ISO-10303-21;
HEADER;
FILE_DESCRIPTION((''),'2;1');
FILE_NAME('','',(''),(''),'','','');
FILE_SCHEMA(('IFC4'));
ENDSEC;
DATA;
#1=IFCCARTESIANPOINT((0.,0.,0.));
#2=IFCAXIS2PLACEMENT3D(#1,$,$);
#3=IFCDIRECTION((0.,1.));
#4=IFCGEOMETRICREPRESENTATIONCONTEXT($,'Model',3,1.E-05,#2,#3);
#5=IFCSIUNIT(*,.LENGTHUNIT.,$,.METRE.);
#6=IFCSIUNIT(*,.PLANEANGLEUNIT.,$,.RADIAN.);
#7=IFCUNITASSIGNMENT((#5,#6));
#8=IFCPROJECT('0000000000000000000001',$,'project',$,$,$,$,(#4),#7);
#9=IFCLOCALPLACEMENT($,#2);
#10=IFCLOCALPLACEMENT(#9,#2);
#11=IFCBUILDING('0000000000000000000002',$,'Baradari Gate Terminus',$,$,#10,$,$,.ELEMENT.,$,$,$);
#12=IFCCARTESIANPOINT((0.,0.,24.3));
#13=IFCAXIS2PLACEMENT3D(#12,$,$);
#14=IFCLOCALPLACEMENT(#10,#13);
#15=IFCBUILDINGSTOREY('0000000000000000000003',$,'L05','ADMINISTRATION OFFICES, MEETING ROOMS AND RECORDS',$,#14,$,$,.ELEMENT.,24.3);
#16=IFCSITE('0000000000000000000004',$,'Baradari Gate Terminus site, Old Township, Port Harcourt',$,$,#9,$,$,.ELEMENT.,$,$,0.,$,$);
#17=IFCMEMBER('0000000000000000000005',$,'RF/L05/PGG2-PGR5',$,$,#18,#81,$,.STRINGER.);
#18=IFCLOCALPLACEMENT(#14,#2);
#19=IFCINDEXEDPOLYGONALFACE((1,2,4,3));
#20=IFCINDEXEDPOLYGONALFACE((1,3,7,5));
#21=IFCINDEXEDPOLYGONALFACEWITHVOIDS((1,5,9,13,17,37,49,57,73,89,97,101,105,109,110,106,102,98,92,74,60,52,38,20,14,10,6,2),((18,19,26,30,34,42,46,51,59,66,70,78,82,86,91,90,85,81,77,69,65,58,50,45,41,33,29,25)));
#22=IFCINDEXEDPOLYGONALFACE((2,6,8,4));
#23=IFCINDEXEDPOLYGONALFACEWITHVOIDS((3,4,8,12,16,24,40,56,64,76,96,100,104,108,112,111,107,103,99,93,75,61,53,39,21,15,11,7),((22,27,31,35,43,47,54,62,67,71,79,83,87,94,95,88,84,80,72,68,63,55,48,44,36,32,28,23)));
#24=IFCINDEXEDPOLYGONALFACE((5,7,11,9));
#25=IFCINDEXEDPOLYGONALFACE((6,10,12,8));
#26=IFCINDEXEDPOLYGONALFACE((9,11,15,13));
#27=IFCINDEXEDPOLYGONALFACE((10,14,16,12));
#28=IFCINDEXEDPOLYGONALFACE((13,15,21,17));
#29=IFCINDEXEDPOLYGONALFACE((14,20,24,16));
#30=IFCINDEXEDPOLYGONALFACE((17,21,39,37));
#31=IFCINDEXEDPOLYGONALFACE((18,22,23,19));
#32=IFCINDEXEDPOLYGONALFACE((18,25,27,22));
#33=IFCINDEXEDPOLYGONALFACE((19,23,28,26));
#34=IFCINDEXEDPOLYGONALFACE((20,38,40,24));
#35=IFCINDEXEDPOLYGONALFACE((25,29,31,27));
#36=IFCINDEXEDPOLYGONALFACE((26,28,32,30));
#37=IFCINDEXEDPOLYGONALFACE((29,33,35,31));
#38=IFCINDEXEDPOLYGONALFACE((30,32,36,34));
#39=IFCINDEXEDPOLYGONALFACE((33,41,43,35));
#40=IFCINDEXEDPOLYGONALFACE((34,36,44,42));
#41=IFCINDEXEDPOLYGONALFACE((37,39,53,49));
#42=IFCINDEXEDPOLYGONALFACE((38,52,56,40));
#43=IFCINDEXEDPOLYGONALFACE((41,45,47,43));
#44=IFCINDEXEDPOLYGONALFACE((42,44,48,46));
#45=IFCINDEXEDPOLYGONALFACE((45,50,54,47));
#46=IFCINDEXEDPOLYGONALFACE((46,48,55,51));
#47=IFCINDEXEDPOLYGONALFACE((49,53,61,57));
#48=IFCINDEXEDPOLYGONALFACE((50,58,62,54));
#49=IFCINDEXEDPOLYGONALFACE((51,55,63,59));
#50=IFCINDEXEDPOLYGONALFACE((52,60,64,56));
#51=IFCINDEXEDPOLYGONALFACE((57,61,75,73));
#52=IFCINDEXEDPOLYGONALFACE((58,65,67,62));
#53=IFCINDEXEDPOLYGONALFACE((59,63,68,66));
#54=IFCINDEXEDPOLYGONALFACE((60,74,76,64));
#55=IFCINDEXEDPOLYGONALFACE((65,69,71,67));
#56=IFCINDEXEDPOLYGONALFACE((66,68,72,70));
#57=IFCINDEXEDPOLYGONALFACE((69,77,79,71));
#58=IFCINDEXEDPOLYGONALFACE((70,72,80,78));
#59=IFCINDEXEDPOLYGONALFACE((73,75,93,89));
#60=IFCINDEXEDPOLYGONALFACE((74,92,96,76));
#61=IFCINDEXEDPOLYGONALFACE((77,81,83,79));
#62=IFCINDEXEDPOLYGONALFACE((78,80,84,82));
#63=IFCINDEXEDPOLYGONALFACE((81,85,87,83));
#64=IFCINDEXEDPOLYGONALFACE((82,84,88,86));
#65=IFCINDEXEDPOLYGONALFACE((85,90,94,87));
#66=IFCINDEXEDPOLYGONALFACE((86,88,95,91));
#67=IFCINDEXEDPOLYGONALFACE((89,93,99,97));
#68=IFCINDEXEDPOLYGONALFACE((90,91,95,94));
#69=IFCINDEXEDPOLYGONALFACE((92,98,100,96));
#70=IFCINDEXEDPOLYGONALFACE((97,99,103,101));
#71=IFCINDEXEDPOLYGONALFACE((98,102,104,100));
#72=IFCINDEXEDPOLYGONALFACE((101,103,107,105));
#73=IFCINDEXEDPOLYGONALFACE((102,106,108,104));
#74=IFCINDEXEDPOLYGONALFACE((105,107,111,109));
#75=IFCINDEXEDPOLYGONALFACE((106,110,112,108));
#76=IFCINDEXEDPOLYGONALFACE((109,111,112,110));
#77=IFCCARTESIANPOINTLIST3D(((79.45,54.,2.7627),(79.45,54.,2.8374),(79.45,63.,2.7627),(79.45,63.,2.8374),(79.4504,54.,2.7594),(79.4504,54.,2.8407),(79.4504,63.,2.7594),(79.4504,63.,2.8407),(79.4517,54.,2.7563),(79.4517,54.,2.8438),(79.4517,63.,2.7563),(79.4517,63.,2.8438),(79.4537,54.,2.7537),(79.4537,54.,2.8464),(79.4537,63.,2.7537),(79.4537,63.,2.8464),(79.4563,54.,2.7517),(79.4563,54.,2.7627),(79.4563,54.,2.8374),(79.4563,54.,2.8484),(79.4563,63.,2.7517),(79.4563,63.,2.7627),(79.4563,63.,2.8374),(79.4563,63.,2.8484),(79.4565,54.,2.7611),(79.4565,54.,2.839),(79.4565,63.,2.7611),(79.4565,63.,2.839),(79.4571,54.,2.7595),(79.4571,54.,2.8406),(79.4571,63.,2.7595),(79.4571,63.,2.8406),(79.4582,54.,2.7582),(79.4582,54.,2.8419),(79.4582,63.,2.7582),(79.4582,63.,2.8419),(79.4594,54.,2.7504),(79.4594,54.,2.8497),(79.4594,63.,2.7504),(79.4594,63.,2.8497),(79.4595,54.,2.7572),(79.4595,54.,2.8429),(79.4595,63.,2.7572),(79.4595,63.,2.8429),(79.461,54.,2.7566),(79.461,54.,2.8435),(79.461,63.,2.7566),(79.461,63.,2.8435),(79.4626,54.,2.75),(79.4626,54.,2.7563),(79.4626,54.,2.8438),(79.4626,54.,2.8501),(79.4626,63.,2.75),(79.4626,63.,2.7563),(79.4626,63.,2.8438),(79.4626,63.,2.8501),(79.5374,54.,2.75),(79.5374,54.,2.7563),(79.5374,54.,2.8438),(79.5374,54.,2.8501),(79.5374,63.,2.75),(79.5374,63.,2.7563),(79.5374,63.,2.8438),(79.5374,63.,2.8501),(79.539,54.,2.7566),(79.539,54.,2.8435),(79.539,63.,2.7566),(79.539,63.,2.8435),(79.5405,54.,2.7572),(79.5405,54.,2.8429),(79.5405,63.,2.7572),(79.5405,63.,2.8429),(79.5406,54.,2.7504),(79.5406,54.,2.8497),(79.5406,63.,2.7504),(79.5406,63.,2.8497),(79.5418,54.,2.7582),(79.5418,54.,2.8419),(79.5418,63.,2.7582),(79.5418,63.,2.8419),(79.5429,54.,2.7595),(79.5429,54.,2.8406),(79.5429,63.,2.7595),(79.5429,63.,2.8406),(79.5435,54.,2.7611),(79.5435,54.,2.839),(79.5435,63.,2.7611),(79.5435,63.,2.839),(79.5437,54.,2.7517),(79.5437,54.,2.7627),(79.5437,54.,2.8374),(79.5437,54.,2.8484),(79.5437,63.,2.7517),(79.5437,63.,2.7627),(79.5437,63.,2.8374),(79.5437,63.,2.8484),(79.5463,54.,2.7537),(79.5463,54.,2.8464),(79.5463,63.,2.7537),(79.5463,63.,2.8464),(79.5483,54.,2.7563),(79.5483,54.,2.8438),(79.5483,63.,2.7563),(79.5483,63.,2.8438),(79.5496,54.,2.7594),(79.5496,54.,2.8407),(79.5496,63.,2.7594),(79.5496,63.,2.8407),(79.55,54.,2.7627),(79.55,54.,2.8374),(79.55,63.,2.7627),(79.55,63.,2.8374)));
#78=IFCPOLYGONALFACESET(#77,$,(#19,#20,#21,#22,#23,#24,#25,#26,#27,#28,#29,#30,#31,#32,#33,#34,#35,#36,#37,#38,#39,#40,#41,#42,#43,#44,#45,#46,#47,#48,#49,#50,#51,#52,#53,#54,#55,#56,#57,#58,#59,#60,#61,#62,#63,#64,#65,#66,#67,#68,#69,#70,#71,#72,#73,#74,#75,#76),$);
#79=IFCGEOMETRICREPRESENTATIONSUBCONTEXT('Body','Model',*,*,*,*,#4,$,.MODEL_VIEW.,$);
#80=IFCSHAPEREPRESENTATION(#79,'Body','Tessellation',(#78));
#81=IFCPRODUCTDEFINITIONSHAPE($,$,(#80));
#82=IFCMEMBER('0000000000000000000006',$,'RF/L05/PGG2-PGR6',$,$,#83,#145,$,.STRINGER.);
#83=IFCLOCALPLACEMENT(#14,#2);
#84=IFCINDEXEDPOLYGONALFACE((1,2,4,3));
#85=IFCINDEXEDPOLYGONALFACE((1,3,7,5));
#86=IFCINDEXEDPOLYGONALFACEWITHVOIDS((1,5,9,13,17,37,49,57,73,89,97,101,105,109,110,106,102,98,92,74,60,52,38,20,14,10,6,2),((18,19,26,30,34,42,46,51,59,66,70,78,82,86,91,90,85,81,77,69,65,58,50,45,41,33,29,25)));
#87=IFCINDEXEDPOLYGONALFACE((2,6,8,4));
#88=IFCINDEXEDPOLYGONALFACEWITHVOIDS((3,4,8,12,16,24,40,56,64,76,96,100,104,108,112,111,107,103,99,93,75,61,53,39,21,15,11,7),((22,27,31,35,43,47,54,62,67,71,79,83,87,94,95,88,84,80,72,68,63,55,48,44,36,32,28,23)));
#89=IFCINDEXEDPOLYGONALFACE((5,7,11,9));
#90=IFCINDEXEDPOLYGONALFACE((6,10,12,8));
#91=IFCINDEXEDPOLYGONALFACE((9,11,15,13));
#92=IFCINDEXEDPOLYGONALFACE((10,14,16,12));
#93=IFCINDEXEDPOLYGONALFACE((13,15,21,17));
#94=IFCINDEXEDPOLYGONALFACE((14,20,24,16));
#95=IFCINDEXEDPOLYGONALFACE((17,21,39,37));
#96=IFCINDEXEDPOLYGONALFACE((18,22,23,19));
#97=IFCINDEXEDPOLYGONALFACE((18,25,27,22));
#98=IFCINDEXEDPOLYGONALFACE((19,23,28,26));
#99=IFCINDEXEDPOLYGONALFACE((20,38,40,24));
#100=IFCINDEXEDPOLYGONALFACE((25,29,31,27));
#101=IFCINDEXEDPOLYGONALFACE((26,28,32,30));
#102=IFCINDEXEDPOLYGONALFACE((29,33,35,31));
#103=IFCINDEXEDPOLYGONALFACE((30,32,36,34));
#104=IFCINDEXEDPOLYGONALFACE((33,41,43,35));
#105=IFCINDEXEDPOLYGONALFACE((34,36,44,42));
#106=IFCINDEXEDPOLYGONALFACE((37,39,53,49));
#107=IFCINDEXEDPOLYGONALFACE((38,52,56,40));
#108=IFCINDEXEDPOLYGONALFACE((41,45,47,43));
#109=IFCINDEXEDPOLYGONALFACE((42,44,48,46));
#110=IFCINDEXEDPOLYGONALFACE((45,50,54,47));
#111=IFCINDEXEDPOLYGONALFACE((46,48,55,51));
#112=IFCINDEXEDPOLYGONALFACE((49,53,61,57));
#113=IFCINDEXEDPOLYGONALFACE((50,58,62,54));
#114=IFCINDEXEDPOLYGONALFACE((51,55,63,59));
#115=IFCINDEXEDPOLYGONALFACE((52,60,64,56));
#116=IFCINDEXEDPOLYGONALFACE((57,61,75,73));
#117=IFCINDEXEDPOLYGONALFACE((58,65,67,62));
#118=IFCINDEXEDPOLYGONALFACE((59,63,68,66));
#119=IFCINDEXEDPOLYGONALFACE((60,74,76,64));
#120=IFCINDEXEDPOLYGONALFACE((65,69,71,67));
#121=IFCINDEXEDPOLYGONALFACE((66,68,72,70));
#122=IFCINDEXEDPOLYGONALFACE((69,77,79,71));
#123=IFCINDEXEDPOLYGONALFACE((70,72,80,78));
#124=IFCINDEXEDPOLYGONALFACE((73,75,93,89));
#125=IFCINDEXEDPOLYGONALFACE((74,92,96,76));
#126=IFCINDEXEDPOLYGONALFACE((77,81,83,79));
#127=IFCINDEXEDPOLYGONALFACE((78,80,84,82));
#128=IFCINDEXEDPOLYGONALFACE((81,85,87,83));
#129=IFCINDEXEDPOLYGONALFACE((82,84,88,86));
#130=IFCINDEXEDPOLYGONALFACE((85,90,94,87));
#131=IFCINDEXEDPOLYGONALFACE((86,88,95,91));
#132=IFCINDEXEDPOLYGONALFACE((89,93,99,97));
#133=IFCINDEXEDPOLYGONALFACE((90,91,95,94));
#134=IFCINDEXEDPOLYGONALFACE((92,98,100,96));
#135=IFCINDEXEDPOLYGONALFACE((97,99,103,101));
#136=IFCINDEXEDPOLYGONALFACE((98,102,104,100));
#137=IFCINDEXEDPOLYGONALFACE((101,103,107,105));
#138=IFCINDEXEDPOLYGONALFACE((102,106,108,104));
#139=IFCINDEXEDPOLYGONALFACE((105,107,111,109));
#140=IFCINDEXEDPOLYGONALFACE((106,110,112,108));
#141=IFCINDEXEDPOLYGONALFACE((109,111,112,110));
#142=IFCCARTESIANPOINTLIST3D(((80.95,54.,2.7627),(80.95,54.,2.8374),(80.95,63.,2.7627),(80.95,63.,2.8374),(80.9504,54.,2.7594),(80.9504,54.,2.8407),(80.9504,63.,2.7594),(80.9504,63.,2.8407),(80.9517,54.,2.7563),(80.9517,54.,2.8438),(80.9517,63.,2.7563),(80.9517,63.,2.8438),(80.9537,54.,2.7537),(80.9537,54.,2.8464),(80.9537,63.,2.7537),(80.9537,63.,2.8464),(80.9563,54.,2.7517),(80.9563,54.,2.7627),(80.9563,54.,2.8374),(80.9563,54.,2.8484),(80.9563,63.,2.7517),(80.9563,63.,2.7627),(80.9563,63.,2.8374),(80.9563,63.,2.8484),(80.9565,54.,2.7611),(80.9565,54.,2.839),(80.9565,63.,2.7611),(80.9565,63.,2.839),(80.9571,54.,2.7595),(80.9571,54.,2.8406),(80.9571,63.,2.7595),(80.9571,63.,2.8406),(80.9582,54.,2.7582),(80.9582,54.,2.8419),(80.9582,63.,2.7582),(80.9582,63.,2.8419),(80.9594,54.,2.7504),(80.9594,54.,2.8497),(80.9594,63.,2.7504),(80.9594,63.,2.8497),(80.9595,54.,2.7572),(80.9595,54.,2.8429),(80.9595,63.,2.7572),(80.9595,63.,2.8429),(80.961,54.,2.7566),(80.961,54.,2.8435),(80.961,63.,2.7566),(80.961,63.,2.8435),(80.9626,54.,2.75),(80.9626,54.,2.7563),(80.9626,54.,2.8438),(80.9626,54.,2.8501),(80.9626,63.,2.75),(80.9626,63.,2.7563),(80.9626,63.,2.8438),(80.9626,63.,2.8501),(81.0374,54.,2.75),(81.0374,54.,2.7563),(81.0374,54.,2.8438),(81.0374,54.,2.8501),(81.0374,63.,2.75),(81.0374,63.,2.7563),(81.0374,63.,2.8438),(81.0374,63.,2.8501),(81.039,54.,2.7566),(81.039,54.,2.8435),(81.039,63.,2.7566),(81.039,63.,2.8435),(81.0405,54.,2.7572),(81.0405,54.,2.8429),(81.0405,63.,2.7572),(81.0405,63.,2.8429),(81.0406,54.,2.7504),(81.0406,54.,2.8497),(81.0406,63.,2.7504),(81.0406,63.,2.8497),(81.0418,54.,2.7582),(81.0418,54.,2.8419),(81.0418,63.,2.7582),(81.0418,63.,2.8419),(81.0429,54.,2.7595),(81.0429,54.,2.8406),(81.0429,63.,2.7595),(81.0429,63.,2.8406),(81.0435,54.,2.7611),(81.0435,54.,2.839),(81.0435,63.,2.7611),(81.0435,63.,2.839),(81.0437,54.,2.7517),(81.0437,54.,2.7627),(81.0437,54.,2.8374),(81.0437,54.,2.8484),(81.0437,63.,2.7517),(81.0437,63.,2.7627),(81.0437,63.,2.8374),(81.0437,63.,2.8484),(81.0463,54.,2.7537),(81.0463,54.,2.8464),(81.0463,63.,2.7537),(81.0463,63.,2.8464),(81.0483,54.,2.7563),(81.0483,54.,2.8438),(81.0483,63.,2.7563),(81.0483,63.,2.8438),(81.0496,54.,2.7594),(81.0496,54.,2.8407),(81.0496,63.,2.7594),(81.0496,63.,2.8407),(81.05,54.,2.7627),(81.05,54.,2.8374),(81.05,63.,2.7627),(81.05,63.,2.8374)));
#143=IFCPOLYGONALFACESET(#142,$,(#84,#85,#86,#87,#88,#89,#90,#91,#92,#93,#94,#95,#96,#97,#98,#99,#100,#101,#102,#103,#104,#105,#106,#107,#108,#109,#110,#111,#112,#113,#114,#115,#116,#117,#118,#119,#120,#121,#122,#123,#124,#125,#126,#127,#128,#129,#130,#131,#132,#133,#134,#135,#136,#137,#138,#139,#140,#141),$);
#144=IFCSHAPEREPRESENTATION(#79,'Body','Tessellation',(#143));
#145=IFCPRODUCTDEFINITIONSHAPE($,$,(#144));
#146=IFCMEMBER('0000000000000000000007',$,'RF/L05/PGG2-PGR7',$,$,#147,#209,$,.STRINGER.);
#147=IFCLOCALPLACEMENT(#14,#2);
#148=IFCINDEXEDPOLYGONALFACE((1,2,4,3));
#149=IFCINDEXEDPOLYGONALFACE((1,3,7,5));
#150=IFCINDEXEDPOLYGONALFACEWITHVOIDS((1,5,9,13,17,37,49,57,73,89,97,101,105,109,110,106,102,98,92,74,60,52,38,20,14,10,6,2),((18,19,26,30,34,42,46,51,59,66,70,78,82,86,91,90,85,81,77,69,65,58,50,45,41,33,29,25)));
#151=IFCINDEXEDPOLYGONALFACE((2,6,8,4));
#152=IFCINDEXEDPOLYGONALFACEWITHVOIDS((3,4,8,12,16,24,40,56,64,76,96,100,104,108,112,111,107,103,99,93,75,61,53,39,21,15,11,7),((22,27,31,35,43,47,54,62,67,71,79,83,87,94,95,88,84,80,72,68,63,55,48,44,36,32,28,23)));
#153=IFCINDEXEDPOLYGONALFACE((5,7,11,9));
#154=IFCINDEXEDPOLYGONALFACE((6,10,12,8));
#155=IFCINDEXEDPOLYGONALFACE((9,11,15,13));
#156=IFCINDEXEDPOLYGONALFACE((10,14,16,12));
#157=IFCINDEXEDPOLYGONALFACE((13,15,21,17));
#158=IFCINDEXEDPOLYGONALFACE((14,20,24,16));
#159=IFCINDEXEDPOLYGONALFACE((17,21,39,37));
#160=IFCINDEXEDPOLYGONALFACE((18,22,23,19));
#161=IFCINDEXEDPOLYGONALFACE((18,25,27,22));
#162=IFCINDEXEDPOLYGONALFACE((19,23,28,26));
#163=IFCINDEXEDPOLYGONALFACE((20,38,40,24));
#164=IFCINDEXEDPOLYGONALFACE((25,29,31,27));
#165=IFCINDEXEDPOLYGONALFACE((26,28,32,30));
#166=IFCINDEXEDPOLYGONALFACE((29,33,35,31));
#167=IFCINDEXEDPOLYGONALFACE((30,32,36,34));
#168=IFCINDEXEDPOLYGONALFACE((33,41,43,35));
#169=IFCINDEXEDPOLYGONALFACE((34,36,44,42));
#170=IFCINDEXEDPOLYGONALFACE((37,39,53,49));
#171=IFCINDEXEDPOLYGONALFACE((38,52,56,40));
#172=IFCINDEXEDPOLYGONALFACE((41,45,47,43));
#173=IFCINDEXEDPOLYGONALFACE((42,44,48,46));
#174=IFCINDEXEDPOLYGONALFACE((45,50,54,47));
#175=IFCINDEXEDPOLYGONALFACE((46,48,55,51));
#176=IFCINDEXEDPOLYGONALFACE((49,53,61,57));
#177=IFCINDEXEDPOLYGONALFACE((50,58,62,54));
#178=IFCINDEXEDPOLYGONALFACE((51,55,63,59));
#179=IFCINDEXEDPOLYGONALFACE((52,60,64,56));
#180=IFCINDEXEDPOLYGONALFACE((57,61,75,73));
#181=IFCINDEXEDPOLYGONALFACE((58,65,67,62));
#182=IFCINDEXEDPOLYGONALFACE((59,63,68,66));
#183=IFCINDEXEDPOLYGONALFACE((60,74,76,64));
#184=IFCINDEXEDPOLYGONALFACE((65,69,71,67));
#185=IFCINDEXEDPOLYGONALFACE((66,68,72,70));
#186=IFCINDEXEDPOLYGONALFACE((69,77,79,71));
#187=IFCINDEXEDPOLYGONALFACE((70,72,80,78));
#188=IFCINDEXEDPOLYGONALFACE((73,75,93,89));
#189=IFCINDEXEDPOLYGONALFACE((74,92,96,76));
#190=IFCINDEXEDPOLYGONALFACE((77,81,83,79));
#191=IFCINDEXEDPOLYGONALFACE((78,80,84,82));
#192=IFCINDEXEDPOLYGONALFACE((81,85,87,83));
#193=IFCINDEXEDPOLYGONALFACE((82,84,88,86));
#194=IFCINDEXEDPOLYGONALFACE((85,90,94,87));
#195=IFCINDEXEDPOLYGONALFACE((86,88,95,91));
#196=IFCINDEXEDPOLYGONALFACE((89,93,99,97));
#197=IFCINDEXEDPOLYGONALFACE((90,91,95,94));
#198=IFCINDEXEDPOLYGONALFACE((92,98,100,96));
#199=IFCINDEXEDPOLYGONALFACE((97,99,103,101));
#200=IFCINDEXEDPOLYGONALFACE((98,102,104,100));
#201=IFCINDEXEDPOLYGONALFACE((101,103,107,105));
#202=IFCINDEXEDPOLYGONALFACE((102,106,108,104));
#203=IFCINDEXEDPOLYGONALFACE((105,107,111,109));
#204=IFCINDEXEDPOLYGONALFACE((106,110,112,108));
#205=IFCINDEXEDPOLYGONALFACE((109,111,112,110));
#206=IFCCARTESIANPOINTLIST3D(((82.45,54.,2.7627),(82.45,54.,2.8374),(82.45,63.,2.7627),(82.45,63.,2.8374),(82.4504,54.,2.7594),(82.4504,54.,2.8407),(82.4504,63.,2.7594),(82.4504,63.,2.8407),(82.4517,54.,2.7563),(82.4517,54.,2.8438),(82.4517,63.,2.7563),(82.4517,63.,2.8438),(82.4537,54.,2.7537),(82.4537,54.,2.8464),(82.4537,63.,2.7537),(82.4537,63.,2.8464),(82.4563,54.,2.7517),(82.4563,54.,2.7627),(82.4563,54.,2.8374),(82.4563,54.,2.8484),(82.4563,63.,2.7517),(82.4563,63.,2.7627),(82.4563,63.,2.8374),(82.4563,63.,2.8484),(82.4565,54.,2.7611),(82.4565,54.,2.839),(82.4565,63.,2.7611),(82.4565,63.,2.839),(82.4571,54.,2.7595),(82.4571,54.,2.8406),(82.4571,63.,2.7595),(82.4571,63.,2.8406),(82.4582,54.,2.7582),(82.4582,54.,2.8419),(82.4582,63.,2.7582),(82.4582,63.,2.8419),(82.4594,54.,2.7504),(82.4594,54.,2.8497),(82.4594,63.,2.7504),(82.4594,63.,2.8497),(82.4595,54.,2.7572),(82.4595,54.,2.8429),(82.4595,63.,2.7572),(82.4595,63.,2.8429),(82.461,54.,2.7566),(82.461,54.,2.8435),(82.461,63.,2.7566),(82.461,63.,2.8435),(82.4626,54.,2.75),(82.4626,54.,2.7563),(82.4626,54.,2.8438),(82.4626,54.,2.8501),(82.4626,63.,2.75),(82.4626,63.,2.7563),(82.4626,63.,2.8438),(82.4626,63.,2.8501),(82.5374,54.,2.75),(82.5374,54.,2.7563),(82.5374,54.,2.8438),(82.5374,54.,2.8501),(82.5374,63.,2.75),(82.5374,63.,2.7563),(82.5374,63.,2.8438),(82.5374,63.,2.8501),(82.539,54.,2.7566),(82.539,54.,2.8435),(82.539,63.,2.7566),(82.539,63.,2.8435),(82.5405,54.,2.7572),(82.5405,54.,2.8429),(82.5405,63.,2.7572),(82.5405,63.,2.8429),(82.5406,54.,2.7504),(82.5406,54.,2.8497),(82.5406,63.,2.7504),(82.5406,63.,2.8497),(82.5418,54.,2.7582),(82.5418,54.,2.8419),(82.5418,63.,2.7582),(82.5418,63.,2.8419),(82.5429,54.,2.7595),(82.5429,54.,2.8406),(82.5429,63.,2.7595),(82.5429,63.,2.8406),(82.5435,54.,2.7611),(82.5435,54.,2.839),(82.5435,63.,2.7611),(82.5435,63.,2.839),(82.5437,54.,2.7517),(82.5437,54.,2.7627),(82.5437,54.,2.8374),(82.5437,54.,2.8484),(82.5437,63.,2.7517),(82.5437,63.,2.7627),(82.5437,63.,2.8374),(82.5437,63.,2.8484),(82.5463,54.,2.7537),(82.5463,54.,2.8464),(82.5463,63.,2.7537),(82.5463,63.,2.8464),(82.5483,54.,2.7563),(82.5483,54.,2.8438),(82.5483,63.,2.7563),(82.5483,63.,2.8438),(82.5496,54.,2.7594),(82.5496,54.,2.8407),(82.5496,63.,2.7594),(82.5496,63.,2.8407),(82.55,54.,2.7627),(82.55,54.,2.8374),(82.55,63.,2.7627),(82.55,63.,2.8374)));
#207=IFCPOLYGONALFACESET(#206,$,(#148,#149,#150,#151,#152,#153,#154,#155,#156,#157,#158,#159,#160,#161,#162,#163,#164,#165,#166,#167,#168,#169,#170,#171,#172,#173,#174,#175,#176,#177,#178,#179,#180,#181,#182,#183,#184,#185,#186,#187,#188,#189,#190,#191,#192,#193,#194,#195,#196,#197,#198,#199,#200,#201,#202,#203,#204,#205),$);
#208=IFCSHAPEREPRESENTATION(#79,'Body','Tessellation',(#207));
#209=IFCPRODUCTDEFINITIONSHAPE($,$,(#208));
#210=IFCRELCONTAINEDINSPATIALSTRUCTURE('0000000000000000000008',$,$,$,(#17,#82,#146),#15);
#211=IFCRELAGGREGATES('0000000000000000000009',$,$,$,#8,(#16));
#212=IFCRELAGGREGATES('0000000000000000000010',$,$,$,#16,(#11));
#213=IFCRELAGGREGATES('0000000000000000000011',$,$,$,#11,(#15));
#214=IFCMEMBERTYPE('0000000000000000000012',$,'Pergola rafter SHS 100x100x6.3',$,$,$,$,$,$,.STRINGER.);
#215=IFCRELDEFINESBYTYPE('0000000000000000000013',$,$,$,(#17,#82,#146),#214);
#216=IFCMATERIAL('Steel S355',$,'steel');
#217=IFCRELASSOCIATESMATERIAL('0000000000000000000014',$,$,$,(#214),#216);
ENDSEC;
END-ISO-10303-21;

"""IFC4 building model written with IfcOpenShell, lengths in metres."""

from ifc_helpers import new_model, si_unit, direction, frame, origin, origin_2d, place, context, subcontext, project, spatial, hollow_rectangle, extrude, material, material_profile, profile_set, type_object, element, save


model = new_model("IFC4")

# Units and contexts
model_context = context("Model", 3, precision=1e-05, world=origin(), true_north=direction((0.0, 1.0)))
body_context = subcontext(model_context, "Body", "Model", "MODEL_VIEW")
ifc_project = project(units=[si_unit("LENGTHUNIT", "METRE"), si_unit("PLANEANGLEUNIT", "RADIAN")], contexts=[model_context])

# Site, building, storey
site_placement = place(None, origin())
site = spatial("IfcSite", under=ifc_project, at=site_placement, Name="Baradari Gate Terminus site, Old Township, Port Harcourt", CompositionType="ELEMENT", RefElevation=0.0)
building_placement = place(site_placement, origin())
building = spatial("IfcBuilding", under=site, at=building_placement, Name="Baradari Gate Terminus", CompositionType="ELEMENT")
storey_placement = place(building_placement, frame((0.0, 0.0, 24.3)))
storey = spatial("IfcBuildingStorey", under=building, at=storey_placement, Name="L05", Description="ADMINISTRATION OFFICES, MEETING ROOMS AND RECORDS", CompositionType="ELEMENT", Elevation=24.3)

# Members
ifc_material_1 = material(Name="Steel S355", Category="steel")
ifc_material_profile = material_profile(ifc_material_1, hollow_rectangle(XDim=0.1001, YDim=0.1001, WallThickness=0.0063, InnerFilletRadius=0.0063, OuterFilletRadius=0.0127, at=origin_2d()), Name="SHS 100x100x6.3")
ifc_profile_set = profile_set([ifc_material_profile], Name="Steel S355")
member_type = type_object("IfcMemberType", Name="Pergola rafter SHS 100x100x6.3", PredefinedType="STRINGER", material=ifc_profile_set)
for number, where, z_axis, x_axis, name in (
    (1, (79.5, 54.0, 2.8), (0.0, 1.0, 0.0), (-1.0, 0.0, 0.0), "RF/L05/PGG2-PGR5"),
    (2, (81.0, 54.0, 2.8), (0.0, 1.0, 0.0), (-1.0, 0.0, 0.0), "RF/L05/PGG2-PGR6"),
    (3, (82.5, 54.0, 2.8), (0.0, 1.0, 0.0), (-1.0, 0.0, 0.0), "RF/L05/PGG2-PGR7"),
):
    element("IfcMember", number, at=place(storey_placement, frame(where, z_axis=z_axis, x_axis=x_axis)), inside=storey, type_object=member_type, Name=name, PredefinedType="STRINGER", context=body_context, shape_type="SweptSolid", body=[
        extrude(hollow_rectangle(XDim=0.1001, YDim=0.1001, WallThickness=0.0063, InnerFilletRadius=0.0063, OuterFilletRadius=0.0127, at=origin_2d()), origin(), (0.0, 0.0, 1.0), 9.0),
    ])

save(model, "model.ifc")
